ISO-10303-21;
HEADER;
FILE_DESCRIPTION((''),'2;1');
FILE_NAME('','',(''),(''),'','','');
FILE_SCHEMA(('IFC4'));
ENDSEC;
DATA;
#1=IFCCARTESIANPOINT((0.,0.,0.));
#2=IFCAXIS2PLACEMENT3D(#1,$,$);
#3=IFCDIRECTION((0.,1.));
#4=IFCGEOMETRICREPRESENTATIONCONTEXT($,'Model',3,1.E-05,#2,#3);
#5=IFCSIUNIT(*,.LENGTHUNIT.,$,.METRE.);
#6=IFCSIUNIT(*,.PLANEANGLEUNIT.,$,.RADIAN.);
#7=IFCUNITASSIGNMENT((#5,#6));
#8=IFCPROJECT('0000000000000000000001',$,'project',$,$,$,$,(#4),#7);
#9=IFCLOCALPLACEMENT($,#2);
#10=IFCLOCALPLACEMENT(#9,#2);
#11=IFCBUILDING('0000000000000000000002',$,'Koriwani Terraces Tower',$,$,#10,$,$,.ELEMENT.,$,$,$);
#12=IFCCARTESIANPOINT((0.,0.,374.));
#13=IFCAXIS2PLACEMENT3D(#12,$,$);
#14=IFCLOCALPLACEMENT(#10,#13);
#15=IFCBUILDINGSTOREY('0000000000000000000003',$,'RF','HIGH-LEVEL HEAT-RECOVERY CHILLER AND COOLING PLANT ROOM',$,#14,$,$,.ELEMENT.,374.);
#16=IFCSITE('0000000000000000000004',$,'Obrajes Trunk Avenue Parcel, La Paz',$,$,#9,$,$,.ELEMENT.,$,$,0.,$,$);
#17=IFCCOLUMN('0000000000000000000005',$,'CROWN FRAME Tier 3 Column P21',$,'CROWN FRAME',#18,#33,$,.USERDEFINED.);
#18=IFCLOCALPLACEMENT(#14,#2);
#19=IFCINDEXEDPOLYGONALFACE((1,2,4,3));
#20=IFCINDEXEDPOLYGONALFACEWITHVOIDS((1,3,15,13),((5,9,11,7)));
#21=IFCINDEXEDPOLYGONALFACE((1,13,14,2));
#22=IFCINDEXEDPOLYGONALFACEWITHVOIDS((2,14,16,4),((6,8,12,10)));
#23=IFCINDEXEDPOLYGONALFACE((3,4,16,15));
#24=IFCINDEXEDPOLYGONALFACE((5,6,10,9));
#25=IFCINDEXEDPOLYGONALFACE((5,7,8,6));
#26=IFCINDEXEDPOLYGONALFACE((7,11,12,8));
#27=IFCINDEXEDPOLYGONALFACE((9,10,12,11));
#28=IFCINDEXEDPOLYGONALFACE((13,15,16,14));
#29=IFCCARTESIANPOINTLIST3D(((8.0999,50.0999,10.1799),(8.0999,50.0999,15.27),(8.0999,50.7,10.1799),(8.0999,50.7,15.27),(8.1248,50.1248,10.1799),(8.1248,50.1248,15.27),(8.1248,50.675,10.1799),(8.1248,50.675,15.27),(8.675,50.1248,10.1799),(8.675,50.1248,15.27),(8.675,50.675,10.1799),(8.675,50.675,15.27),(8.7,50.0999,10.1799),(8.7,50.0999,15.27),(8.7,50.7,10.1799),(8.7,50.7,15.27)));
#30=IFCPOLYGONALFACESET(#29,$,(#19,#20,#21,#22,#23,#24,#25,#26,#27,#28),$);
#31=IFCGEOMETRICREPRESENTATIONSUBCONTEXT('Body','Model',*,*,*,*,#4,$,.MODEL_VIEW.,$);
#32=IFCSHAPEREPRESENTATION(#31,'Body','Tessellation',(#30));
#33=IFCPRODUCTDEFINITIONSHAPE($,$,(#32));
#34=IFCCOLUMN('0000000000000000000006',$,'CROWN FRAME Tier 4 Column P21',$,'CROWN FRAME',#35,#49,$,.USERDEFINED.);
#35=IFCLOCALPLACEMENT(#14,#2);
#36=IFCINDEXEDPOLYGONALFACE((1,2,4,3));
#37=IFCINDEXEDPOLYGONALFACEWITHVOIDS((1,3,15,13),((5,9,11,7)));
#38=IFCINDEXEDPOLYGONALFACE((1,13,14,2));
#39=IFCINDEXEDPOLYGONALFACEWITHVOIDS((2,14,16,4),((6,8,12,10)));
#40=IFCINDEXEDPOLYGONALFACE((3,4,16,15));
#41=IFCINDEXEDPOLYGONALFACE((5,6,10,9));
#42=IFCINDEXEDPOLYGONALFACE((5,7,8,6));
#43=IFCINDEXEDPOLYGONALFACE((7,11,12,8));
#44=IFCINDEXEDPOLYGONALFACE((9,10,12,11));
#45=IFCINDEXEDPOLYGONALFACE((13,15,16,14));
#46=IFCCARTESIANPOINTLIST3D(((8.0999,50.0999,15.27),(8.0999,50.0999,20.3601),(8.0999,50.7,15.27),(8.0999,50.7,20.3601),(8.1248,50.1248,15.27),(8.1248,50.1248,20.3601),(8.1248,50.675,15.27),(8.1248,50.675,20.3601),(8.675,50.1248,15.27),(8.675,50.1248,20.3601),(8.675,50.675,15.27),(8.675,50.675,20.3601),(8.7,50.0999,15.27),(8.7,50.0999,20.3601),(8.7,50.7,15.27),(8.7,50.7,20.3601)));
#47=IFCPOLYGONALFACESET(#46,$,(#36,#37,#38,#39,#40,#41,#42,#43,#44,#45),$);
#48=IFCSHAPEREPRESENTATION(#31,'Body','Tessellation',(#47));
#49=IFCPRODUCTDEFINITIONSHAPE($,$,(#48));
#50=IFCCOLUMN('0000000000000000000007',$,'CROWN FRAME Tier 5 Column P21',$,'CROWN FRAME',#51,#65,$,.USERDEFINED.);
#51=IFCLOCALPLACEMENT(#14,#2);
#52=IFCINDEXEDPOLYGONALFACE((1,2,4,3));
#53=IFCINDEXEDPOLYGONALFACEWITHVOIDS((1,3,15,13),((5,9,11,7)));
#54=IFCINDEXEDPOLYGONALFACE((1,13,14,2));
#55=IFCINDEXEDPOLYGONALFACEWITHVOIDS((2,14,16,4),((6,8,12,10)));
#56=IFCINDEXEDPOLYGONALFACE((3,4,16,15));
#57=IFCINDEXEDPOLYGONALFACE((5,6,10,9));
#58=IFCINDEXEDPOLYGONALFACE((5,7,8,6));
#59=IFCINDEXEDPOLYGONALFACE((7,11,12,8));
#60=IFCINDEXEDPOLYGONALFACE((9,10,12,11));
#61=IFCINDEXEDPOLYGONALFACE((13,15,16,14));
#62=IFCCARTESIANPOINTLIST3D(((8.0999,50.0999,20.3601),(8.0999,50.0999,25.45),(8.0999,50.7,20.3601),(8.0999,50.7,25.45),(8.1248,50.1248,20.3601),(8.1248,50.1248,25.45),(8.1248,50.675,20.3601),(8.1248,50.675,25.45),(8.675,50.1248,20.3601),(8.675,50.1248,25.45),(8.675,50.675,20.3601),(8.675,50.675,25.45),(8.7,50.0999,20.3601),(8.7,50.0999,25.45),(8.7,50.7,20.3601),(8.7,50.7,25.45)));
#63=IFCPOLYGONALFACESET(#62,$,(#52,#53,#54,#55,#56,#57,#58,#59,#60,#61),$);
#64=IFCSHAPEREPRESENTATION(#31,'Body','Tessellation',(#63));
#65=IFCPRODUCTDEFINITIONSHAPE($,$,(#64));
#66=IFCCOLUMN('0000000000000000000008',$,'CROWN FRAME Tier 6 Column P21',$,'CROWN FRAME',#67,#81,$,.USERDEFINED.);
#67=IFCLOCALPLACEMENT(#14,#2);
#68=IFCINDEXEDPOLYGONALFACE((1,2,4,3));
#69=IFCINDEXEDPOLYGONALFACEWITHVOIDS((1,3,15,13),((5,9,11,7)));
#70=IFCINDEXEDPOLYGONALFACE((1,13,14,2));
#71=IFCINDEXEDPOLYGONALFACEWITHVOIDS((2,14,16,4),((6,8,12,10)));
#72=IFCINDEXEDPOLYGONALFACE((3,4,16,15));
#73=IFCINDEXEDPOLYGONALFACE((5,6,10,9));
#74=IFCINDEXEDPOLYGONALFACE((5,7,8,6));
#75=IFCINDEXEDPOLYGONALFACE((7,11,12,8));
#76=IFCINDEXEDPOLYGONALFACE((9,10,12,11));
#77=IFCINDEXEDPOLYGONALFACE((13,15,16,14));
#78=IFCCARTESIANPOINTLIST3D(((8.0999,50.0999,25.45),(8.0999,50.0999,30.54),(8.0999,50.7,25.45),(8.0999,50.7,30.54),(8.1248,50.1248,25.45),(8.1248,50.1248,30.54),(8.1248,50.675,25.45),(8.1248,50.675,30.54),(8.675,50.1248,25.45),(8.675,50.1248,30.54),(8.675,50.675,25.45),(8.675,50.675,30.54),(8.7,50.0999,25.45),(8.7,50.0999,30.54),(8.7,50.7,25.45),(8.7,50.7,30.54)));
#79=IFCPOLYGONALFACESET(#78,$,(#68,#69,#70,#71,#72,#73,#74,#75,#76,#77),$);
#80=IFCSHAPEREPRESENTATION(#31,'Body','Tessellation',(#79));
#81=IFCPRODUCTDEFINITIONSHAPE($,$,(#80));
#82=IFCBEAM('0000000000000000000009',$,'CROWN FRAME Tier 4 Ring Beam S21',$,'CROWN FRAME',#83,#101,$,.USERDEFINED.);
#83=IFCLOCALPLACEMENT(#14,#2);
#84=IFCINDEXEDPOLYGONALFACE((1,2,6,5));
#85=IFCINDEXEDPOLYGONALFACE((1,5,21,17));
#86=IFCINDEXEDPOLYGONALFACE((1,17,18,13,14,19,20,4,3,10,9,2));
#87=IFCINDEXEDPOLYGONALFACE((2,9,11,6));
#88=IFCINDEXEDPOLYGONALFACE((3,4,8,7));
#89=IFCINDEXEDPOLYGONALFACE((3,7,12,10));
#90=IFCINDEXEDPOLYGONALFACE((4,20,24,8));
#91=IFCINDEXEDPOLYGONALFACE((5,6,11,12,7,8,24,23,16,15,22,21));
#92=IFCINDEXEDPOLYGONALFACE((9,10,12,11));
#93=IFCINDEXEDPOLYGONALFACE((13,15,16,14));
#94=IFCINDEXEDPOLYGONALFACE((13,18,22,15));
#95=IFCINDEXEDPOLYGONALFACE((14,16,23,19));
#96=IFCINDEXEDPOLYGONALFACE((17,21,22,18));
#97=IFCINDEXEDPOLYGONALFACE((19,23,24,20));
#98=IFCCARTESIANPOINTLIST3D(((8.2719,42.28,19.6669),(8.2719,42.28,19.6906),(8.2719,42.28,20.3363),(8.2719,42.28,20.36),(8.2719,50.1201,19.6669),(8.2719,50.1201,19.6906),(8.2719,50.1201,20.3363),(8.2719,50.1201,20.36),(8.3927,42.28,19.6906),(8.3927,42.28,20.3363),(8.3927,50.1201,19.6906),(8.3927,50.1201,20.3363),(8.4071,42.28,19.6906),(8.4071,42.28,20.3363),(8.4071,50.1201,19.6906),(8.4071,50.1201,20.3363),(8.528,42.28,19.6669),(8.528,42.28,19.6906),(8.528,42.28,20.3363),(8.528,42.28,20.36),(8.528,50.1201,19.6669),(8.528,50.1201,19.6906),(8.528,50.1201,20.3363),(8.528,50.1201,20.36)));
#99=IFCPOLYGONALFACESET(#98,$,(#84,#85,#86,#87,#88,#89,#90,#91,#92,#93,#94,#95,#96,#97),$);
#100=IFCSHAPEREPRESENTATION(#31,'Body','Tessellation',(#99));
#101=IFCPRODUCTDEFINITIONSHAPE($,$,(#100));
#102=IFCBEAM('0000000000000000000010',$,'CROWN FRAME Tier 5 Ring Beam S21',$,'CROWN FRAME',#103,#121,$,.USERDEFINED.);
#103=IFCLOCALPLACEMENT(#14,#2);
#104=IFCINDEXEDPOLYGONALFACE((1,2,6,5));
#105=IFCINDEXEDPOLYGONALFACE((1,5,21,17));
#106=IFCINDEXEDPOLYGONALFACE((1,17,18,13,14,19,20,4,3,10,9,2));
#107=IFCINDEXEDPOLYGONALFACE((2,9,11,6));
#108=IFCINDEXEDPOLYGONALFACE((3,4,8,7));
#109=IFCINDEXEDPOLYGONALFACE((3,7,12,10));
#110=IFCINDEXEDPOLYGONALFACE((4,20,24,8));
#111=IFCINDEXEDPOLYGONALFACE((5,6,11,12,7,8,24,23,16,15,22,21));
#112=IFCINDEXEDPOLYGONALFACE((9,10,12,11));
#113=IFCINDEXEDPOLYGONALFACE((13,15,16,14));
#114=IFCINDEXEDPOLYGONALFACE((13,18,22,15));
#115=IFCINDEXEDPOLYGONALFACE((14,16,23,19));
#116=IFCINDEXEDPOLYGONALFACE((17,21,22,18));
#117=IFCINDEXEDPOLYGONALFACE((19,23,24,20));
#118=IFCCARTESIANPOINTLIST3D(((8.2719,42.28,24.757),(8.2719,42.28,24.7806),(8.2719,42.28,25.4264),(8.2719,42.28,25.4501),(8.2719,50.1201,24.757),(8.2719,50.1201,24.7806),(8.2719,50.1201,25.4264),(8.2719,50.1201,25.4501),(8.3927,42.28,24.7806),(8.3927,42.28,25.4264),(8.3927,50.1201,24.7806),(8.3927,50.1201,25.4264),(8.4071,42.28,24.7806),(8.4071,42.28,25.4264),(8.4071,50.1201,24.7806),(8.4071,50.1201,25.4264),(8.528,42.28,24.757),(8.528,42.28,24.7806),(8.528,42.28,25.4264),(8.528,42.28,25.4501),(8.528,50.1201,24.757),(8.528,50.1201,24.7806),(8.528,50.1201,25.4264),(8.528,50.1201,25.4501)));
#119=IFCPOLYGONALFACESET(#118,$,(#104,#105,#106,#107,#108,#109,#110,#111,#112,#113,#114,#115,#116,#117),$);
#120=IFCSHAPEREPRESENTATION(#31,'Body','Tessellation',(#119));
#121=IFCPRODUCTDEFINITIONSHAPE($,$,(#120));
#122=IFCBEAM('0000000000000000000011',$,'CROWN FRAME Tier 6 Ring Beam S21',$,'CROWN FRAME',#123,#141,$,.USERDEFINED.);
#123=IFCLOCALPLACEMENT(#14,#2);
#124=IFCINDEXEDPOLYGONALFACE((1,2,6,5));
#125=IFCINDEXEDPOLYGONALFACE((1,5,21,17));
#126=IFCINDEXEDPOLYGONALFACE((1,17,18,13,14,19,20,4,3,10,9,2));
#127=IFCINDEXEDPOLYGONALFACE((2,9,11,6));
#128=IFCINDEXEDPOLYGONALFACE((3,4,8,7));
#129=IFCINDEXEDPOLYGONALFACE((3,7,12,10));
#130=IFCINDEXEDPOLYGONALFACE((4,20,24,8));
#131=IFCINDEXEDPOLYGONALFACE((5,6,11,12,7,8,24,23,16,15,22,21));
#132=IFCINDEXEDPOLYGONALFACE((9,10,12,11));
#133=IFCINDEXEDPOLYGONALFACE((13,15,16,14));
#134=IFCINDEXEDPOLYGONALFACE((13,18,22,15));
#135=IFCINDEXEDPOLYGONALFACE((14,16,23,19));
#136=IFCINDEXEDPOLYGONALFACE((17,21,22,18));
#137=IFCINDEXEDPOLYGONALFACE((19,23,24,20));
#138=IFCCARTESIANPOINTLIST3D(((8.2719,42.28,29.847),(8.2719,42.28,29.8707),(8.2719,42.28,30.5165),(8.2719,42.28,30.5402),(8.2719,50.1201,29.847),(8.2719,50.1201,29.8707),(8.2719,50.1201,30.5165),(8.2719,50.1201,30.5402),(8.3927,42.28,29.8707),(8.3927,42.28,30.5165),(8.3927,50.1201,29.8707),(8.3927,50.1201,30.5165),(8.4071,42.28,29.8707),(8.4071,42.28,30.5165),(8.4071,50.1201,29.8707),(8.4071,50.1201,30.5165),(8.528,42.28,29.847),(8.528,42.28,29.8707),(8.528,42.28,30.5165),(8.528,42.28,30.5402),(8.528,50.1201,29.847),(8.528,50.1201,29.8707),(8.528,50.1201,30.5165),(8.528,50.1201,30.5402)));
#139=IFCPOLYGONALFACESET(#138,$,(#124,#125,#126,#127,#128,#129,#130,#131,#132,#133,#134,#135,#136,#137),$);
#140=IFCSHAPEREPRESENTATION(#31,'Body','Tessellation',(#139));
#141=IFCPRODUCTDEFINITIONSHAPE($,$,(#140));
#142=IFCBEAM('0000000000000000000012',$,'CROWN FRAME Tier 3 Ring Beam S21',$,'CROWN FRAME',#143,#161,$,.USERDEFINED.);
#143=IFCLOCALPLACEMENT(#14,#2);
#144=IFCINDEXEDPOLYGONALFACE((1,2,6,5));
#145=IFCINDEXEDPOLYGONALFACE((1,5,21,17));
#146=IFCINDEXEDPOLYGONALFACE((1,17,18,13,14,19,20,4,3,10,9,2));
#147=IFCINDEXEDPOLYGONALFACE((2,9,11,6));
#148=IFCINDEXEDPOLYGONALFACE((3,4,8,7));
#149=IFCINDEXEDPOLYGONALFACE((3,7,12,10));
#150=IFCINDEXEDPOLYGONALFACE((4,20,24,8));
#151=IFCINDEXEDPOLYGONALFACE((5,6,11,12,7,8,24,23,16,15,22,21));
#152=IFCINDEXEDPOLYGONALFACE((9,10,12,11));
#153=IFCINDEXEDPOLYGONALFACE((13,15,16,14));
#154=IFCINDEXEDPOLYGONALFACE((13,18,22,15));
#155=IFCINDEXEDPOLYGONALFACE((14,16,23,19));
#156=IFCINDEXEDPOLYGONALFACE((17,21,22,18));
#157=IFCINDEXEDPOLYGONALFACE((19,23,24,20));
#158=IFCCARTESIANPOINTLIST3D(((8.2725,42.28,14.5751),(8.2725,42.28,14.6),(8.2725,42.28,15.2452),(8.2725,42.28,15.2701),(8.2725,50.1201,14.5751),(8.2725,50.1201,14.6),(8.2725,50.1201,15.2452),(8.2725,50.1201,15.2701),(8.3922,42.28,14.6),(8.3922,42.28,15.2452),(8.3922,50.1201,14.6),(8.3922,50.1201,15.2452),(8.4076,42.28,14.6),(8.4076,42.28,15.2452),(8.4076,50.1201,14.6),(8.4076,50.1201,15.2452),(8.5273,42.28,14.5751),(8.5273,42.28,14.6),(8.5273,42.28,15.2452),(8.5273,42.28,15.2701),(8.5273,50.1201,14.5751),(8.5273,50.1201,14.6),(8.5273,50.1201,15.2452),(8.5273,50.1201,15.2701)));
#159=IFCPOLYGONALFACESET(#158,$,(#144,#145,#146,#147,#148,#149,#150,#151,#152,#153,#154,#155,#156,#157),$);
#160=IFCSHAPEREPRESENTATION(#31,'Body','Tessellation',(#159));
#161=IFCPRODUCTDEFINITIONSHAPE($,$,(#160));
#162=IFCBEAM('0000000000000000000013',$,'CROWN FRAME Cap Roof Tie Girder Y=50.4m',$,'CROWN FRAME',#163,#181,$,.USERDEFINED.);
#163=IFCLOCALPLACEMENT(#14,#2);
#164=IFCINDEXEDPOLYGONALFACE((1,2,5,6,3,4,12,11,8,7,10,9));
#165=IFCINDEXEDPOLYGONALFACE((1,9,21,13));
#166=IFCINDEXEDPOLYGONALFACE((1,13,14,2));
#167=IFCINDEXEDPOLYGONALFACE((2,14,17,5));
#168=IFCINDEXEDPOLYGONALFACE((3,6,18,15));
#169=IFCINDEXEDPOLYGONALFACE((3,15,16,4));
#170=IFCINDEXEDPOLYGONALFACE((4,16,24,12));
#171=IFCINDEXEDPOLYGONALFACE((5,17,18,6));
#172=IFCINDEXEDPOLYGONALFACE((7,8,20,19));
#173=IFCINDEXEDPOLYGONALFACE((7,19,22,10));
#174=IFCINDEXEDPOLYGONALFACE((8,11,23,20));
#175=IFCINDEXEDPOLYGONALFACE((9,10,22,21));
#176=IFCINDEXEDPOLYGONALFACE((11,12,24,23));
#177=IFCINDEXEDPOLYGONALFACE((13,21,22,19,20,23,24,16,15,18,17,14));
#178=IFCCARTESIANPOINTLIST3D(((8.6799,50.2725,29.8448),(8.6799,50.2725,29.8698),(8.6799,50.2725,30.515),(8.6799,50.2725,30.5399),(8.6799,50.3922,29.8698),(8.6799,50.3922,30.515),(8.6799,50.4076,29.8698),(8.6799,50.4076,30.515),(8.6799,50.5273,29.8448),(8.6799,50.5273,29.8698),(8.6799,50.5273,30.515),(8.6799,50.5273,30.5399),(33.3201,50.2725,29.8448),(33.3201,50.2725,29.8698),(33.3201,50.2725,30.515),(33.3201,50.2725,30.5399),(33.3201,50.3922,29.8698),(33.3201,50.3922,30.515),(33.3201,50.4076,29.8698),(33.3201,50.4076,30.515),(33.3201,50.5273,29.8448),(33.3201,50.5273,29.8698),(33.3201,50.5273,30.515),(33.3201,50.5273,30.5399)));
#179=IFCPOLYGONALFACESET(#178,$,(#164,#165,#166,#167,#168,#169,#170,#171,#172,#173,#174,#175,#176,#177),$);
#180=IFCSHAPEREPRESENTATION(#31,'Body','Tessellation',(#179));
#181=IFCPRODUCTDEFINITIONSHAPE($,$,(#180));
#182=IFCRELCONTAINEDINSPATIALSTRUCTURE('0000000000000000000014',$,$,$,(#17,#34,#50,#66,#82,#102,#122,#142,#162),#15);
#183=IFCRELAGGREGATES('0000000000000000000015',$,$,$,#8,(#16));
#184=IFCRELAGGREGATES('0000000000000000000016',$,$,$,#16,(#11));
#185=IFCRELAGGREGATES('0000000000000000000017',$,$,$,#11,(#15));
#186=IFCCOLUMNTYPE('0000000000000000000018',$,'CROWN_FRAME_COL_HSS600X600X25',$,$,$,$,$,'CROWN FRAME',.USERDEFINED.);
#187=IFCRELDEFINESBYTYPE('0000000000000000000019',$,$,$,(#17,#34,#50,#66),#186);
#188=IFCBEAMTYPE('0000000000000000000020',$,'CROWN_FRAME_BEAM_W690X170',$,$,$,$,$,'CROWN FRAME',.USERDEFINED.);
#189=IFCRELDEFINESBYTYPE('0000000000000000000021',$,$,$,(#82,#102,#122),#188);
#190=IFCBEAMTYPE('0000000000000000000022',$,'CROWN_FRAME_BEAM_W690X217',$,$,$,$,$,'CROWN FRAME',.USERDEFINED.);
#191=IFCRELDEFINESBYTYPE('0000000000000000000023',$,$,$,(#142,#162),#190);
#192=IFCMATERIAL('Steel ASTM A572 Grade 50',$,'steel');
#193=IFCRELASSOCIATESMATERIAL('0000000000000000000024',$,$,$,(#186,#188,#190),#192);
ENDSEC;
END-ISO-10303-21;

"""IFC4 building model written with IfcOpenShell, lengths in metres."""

from ifc_helpers import new_model, si_unit, direction, frame, origin, origin_2d, place, context, subcontext, project, spatial, hollow_rectangle, i_section, extrude, material, material_profile, profile_set, type_object, element, save


model = new_model("IFC4")

# Units and contexts
model_context = context("Model", 3, precision=1e-05, world=origin(), true_north=direction((0.0, 1.0)))
body_context = subcontext(model_context, "Body", "Model", "MODEL_VIEW")
ifc_project = project(units=[si_unit("LENGTHUNIT", "METRE"), si_unit("PLANEANGLEUNIT", "RADIAN")], contexts=[model_context])

# Site, building, storey
site_placement = place(None, origin())
site = spatial("IfcSite", under=ifc_project, at=site_placement, Name="Obrajes Trunk Avenue Parcel, La Paz", CompositionType="ELEMENT", RefElevation=0.0)
building_placement = place(site_placement, origin())
building = spatial("IfcBuilding", under=site, at=building_placement, Name="Koriwani Terraces Tower", CompositionType="ELEMENT")
storey_placement = place(building_placement, frame((0.0, 0.0, 374.0)))
storey = spatial("IfcBuildingStorey", under=building, at=storey_placement, Name="RF", Description="HIGH-LEVEL HEAT-RECOVERY CHILLER AND COOLING PLANT ROOM", CompositionType="ELEMENT", Elevation=374.0)

# Columns
ifc_material_1 = material(Name="Steel ASTM A572 Grade 50", Category="steel")
ifc_material_profile_1 = material_profile(ifc_material_1, hollow_rectangle(XDim=0.6001, YDim=0.6001, WallThickness=0.0249, at=origin_2d()), Name="Steel ASTM A572 Grade 50", Category="LoadBearing")
ifc_profile_set_1 = profile_set([ifc_material_profile_1], Name="Steel ASTM A572 Grade 50")
column_type = type_object("IfcColumnType", Name="CROWN_FRAME_COL_HSS600X600X25", ElementType="CROWN FRAME", PredefinedType="USERDEFINED", material=ifc_profile_set_1)
for number, where, z_axis, x_axis, name in (
    (1, (8.3999, 50.3999, 10.1799), (0.0, 0.0, 1.0), (1.0, 0.0, 0.0), "CROWN FRAME Tier 3 Column P21"),
    (2, (8.3999, 50.3999, 15.27), (0.0, 0.0, 1.0), (1.0, 0.0, 0.0), "CROWN FRAME Tier 4 Column P21"),
):
    element("IfcColumn", number, at=place(storey_placement, frame(where, z_axis=z_axis, x_axis=x_axis)), inside=storey, type_object=column_type, Name=name, ObjectType="CROWN FRAME", PredefinedType="USERDEFINED", context=body_context, shape_type="SweptSolid", body=[
        extrude(hollow_rectangle(XDim=0.6001, YDim=0.6001, WallThickness=0.0249, at=origin_2d()), origin(), (0.0, 0.0, 1.0), 5.0901),
    ])
column_1_placement = place(storey_placement, frame((8.3999, 50.3999, 20.3601), z_axis=(0.0, 0.0, 1.0), x_axis=(1.0, 0.0, 0.0)))
element("IfcColumn", 3, at=column_1_placement, inside=storey, type_object=column_type, Name="CROWN FRAME Tier 5 Column P21", ObjectType="CROWN FRAME", PredefinedType="USERDEFINED", context=body_context, shape_type="SweptSolid", body=[
    extrude(hollow_rectangle(XDim=0.6001, YDim=0.6001, WallThickness=0.0249, at=origin_2d()), origin(), (0.0, 0.0, 1.0), 5.0898),
])
column_2_placement = place(storey_placement, frame((8.3999, 50.3999, 25.45), z_axis=(0.0, 0.0, 1.0), x_axis=(1.0, 0.0, 0.0)))
element("IfcColumn", 4, at=column_2_placement, inside=storey, type_object=column_type, Name="CROWN FRAME Tier 6 Column P21", ObjectType="CROWN FRAME", PredefinedType="USERDEFINED", context=body_context, shape_type="SweptSolid", body=[
    extrude(hollow_rectangle(XDim=0.6001, YDim=0.6001, WallThickness=0.0249, at=origin_2d()), origin(), (0.0, 0.0, 1.0), 5.0901),
])

# Beams
ifc_material_profile_2 = material_profile(ifc_material_1, i_section(OverallWidth=0.2561, OverallDepth=0.6931, WebThickness=0.0144, FlangeThickness=0.0237, at=origin_2d()), Name="Steel ASTM A572 Grade 50", Category="LoadBearing")
ifc_profile_set_2 = profile_set([ifc_material_profile_2], Name="Steel ASTM A572 Grade 50")
beam_type_1 = type_object("IfcBeamType", Name="CROWN_FRAME_BEAM_W690X170", ElementType="CROWN FRAME", PredefinedType="USERDEFINED", material=ifc_profile_set_2)
for number, where, z_axis, x_axis, name in (
    (5, (8.3999, 50.1201, 20.0134), (0.0, -1.0, 0.0), (1.0, 0.0, 0.0), "CROWN FRAME Tier 4 Ring Beam S21"),
    (6, (8.3999, 50.1201, 25.1035), (0.0, -1.0, 0.0), (1.0, 0.0, 0.0), "CROWN FRAME Tier 5 Ring Beam S21"),
    (7, (8.3999, 50.1201, 30.1936), (0.0, -1.0, 0.0), (1.0, 0.0, 0.0), "CROWN FRAME Tier 6 Ring Beam S21"),
):
    element("IfcBeam", number, at=place(storey_placement, frame(where, z_axis=z_axis, x_axis=x_axis)), inside=storey, type_object=beam_type_1, Name=name, ObjectType="CROWN FRAME", PredefinedType="USERDEFINED", context=body_context, shape_type="SweptSolid", body=[
        extrude(i_section(OverallWidth=0.2561, OverallDepth=0.6931, WebThickness=0.0144, FlangeThickness=0.0237, at=origin_2d()), origin(), (0.0, 0.0, 1.0), 7.8401),
    ])
ifc_material_profile_3 = material_profile(ifc_material_1, i_section(OverallWidth=0.2549, OverallDepth=0.6951, WebThickness=0.0154, FlangeThickness=0.0249, at=origin_2d()), Name="Steel ASTM A572 Grade 50", Category="LoadBearing")
ifc_profile_set_3 = profile_set([ifc_material_profile_3], Name="Steel ASTM A572 Grade 50")
beam_type_2 = type_object("IfcBeamType", Name="CROWN_FRAME_BEAM_W690X217", ElementType="CROWN FRAME", PredefinedType="USERDEFINED", material=ifc_profile_set_3)
beam_1_placement = place(storey_placement, frame((8.3999, 50.1201, 14.9226), z_axis=(0.0, -1.0, 0.0), x_axis=(1.0, 0.0, 0.0)))
element("IfcBeam", 8, at=beam_1_placement, inside=storey, type_object=beam_type_2, Name="CROWN FRAME Tier 3 Ring Beam S21", ObjectType="CROWN FRAME", PredefinedType="USERDEFINED", context=body_context, shape_type="SweptSolid", body=[
    extrude(i_section(OverallWidth=0.2549, OverallDepth=0.6951, WebThickness=0.0154, FlangeThickness=0.0249, at=origin_2d()), origin(), (0.0, 0.0, 1.0), 7.8401),
])
beam_2_placement = place(storey_placement, frame((8.6799, 50.3999, 30.1924), z_axis=(1.0, 0.0, 0.0), x_axis=(0.0, 1.0, 0.0)))
element("IfcBeam", 9, at=beam_2_placement, inside=storey, type_object=beam_type_2, Name="CROWN FRAME Cap Roof Tie Girder Y=50.4m", ObjectType="CROWN FRAME", PredefinedType="USERDEFINED", context=body_context, shape_type="SweptSolid", body=[
    extrude(i_section(OverallWidth=0.2549, OverallDepth=0.6951, WebThickness=0.0154, FlangeThickness=0.0249, at=origin_2d()), origin(), (0.0, 0.0, 1.0), 24.6401),
])

save(model, "model.ifc")
